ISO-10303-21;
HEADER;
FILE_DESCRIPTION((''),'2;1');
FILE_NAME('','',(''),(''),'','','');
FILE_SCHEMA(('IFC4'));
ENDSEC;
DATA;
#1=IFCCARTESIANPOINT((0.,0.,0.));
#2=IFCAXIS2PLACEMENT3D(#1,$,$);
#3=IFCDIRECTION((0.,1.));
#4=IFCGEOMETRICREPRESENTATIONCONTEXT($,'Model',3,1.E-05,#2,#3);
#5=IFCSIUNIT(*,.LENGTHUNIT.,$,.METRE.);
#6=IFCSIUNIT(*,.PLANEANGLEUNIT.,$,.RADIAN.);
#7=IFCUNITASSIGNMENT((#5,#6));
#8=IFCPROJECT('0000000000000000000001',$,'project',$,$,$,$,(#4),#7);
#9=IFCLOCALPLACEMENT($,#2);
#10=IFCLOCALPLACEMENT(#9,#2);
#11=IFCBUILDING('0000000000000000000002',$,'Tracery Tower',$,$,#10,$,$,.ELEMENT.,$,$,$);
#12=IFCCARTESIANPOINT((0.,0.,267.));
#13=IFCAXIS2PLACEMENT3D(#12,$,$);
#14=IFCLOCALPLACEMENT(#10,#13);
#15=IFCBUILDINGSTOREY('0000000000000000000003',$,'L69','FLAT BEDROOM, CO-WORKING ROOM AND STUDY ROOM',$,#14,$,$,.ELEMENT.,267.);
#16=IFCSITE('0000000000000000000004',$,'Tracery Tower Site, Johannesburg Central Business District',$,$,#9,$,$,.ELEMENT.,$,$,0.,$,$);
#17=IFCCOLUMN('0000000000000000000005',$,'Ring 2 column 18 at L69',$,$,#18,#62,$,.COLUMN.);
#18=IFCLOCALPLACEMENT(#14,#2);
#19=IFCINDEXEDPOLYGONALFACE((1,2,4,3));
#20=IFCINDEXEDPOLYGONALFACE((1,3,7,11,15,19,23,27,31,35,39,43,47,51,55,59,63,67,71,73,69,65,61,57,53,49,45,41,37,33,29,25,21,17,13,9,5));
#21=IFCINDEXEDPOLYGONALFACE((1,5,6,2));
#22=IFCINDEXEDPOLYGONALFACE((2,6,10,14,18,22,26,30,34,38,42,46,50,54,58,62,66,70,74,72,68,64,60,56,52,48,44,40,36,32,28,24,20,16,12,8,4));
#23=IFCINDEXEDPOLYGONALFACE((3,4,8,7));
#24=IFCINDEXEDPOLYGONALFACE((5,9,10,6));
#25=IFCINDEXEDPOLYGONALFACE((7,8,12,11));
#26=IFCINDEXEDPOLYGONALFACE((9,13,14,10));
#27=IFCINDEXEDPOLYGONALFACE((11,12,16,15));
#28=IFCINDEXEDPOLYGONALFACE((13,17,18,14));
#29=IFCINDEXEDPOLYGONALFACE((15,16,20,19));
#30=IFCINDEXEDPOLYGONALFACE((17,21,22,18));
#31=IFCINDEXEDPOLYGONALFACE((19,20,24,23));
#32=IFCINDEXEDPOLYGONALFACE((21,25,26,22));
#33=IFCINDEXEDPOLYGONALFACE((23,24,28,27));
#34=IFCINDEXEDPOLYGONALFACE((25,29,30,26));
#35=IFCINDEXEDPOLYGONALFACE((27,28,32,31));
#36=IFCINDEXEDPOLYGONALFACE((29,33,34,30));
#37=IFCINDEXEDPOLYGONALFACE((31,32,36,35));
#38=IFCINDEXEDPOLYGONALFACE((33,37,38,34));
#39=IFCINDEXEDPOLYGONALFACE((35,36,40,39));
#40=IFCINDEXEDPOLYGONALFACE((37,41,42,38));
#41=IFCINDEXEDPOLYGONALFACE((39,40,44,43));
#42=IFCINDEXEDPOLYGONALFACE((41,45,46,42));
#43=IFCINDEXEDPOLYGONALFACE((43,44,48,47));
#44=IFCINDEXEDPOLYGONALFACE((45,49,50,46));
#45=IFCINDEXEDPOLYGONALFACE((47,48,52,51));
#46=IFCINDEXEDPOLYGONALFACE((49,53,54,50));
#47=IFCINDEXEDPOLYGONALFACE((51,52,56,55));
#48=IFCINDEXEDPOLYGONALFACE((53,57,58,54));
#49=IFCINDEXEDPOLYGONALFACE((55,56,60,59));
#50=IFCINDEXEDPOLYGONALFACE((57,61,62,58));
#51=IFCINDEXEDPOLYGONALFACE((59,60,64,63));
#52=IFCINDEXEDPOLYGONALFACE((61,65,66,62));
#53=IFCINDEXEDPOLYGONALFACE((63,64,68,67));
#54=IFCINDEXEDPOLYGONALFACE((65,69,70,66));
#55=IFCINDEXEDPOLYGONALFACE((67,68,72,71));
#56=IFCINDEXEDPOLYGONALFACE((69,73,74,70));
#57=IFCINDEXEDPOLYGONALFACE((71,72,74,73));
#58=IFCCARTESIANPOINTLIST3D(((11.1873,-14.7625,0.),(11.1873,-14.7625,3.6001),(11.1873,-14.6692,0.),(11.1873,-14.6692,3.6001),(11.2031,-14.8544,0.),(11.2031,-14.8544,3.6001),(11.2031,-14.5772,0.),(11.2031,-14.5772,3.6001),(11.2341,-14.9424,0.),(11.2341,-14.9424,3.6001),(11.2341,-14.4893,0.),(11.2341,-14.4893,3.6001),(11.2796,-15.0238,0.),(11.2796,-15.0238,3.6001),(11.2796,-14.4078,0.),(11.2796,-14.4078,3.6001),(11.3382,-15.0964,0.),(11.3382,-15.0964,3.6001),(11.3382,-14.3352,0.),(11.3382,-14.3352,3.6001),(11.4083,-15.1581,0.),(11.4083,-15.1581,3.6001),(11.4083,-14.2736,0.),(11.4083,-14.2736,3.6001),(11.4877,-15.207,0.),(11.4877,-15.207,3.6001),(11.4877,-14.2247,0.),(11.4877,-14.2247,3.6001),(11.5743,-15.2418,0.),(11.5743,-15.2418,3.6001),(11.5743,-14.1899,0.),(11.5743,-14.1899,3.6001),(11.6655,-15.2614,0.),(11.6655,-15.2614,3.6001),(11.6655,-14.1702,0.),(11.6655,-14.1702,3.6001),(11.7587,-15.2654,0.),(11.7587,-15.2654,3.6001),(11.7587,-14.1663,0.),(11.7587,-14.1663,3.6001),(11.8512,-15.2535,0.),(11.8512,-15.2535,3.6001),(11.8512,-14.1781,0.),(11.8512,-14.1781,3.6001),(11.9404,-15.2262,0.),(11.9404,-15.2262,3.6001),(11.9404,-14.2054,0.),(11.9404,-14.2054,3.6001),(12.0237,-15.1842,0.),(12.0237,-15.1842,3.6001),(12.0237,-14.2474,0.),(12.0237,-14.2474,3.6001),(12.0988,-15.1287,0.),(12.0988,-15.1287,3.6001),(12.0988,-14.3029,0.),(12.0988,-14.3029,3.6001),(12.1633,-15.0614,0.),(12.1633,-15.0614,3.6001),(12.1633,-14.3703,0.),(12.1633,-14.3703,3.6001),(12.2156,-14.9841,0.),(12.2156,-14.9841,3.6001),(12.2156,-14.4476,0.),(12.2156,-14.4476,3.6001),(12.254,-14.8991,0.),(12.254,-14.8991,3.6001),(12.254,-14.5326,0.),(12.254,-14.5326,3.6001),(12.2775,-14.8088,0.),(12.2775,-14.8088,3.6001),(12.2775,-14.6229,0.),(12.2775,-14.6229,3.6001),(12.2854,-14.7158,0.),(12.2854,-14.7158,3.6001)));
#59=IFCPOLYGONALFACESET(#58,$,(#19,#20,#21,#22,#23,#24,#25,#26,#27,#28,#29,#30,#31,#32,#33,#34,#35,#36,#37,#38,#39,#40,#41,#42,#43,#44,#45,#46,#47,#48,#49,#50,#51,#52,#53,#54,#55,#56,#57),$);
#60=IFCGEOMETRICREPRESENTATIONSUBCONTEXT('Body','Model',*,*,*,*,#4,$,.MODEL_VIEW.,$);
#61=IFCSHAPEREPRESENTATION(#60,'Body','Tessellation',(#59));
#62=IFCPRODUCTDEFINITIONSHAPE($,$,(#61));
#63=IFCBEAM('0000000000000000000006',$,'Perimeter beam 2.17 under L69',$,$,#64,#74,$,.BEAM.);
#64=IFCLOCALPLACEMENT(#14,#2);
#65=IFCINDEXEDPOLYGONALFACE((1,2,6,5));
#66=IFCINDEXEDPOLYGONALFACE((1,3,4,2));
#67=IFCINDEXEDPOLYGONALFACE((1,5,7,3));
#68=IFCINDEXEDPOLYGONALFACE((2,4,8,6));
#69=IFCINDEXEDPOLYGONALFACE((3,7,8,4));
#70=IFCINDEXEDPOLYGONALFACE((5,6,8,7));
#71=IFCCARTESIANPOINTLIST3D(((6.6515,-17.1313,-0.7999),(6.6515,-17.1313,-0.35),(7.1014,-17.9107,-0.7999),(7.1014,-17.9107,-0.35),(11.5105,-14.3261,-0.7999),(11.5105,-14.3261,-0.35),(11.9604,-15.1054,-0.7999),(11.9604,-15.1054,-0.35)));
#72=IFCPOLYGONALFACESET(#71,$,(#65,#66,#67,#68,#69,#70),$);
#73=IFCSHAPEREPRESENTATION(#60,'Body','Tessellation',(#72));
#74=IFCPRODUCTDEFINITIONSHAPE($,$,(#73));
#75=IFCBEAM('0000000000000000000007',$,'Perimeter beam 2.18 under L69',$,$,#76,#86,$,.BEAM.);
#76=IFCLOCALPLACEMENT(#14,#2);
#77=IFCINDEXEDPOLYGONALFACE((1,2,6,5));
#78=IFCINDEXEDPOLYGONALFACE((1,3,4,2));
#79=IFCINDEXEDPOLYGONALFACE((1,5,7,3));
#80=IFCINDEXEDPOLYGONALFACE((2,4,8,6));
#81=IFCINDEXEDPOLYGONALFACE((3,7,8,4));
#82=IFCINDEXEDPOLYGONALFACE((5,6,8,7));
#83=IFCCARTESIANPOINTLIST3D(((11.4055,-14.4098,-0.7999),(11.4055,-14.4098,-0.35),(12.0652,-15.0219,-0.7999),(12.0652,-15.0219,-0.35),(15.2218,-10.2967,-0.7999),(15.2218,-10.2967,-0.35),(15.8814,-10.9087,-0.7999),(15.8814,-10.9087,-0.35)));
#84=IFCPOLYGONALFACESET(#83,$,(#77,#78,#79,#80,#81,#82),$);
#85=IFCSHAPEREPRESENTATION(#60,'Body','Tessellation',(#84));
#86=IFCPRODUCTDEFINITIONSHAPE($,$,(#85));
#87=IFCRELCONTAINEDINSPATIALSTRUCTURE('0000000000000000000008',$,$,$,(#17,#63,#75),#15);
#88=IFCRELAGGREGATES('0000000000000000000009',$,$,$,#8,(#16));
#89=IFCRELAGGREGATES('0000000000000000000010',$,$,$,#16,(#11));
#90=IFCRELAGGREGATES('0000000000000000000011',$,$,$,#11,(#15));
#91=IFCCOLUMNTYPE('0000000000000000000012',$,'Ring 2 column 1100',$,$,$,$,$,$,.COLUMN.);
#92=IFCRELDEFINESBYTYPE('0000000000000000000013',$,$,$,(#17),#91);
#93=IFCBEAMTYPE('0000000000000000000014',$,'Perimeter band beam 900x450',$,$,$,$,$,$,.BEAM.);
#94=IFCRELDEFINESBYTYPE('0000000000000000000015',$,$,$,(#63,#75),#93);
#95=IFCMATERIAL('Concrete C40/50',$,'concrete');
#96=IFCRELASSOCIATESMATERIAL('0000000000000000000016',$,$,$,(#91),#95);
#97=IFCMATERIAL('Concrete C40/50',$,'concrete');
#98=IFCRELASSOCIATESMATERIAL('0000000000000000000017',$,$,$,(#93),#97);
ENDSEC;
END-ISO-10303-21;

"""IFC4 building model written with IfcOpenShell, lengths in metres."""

from ifc_helpers import new_model, si_unit, direction, frame, origin, origin_2d, place, context, subcontext, project, spatial, rectangle, circle, extrude, material, material_profile, profile_set, type_object, element, save


model = new_model("IFC4")

# Units and contexts
model_context = context("Model", 3, precision=1e-05, world=origin(), true_north=direction((0.0, 1.0)))
body_context = subcontext(model_context, "Body", "Model", "MODEL_VIEW")
ifc_project = project(units=[si_unit("LENGTHUNIT", "METRE"), si_unit("PLANEANGLEUNIT", "RADIAN")], contexts=[model_context])

# Site, building, storey
site_placement = place(None, origin())
site = spatial("IfcSite", under=ifc_project, at=site_placement, Name="Tracery Tower Site, Johannesburg Central Business District", CompositionType="ELEMENT", RefElevation=0.0)
building_placement = place(site_placement, origin())
building = spatial("IfcBuilding", under=site, at=building_placement, Name="Tracery Tower", CompositionType="ELEMENT")
storey_placement = place(building_placement, frame((0.0, 0.0, 267.0)))
storey = spatial("IfcBuildingStorey", under=building, at=storey_placement, Name="L69", Description="FLAT BEDROOM, CO-WORKING ROOM AND STUDY ROOM", CompositionType="ELEMENT", Elevation=267.0)

# Column
ifc_material_1 = material(Name="Concrete C40/50", Category="concrete")
ifc_material_profile_1 = material_profile(ifc_material_1, circle(Radius=0.55, at=origin_2d()), Name="RC D1100")
ifc_profile_set_1 = profile_set([ifc_material_profile_1], Name="Concrete C40/50")
column_type = type_object("IfcColumnType", Name="Ring 2 column 1100", PredefinedType="COLUMN", material=ifc_profile_set_1)
column_placement = place(storey_placement, frame((11.7354, -14.7158, 0.0), z_axis=(0.0, 0.0, 1.0), x_axis=(1.0, 0.0, 0.0)))
element("IfcColumn", 1, at=column_placement, inside=storey, type_object=column_type, Name="Ring 2 column 18 at L69", PredefinedType="COLUMN", context=body_context, shape_type="SweptSolid", body=[
    extrude(circle(Radius=0.55, at=origin_2d()), origin(), (0.0, 0.0, 1.0), 3.6001),
])

# Beams
ifc_material_2 = material(Name="Concrete C40/50", Category="concrete")
ifc_material_profile_2 = material_profile(ifc_material_2, rectangle(XDim=0.8999, YDim=0.45, at=origin_2d()), Name="RC 900x450")
ifc_profile_set_2 = profile_set([ifc_material_profile_2], Name="Concrete C40/50")
beam_type = type_object("IfcBeamType", Name="Perimeter band beam 900x450", PredefinedType="BEAM", material=ifc_profile_set_2)
beam_1_placement = place(storey_placement, frame((6.8765, -17.521, -0.575), z_axis=(0.866033, 0.499986, 0.0), x_axis=(-0.499986, 0.866033, 0.0)))
element("IfcBeam", 2, at=beam_1_placement, inside=storey, type_object=beam_type, Name="Perimeter beam 2.17 under L69", PredefinedType="BEAM", context=body_context, shape_type="SweptSolid", body=[
    extrude(rectangle(XDim=0.8999, YDim=0.45, at=origin_2d()), origin(), (0.0, 0.0, 1.0), 5.6106),
])
beam_2_placement = place(storey_placement, frame((11.7354, -14.7158, -0.575), z_axis=(0.680156, 0.733068, 0.0), x_axis=(-0.733068, 0.680156, 0.0)))
element("IfcBeam", 3, at=beam_2_placement, inside=storey, type_object=beam_type, Name="Perimeter beam 2.18 under L69", PredefinedType="BEAM", context=body_context, shape_type="SweptSolid", body=[
    extrude(rectangle(XDim=0.8999, YDim=0.45, at=origin_2d()), origin(), (0.0, 0.0, 1.0), 5.6108),
])

save(model, "model.ifc")
